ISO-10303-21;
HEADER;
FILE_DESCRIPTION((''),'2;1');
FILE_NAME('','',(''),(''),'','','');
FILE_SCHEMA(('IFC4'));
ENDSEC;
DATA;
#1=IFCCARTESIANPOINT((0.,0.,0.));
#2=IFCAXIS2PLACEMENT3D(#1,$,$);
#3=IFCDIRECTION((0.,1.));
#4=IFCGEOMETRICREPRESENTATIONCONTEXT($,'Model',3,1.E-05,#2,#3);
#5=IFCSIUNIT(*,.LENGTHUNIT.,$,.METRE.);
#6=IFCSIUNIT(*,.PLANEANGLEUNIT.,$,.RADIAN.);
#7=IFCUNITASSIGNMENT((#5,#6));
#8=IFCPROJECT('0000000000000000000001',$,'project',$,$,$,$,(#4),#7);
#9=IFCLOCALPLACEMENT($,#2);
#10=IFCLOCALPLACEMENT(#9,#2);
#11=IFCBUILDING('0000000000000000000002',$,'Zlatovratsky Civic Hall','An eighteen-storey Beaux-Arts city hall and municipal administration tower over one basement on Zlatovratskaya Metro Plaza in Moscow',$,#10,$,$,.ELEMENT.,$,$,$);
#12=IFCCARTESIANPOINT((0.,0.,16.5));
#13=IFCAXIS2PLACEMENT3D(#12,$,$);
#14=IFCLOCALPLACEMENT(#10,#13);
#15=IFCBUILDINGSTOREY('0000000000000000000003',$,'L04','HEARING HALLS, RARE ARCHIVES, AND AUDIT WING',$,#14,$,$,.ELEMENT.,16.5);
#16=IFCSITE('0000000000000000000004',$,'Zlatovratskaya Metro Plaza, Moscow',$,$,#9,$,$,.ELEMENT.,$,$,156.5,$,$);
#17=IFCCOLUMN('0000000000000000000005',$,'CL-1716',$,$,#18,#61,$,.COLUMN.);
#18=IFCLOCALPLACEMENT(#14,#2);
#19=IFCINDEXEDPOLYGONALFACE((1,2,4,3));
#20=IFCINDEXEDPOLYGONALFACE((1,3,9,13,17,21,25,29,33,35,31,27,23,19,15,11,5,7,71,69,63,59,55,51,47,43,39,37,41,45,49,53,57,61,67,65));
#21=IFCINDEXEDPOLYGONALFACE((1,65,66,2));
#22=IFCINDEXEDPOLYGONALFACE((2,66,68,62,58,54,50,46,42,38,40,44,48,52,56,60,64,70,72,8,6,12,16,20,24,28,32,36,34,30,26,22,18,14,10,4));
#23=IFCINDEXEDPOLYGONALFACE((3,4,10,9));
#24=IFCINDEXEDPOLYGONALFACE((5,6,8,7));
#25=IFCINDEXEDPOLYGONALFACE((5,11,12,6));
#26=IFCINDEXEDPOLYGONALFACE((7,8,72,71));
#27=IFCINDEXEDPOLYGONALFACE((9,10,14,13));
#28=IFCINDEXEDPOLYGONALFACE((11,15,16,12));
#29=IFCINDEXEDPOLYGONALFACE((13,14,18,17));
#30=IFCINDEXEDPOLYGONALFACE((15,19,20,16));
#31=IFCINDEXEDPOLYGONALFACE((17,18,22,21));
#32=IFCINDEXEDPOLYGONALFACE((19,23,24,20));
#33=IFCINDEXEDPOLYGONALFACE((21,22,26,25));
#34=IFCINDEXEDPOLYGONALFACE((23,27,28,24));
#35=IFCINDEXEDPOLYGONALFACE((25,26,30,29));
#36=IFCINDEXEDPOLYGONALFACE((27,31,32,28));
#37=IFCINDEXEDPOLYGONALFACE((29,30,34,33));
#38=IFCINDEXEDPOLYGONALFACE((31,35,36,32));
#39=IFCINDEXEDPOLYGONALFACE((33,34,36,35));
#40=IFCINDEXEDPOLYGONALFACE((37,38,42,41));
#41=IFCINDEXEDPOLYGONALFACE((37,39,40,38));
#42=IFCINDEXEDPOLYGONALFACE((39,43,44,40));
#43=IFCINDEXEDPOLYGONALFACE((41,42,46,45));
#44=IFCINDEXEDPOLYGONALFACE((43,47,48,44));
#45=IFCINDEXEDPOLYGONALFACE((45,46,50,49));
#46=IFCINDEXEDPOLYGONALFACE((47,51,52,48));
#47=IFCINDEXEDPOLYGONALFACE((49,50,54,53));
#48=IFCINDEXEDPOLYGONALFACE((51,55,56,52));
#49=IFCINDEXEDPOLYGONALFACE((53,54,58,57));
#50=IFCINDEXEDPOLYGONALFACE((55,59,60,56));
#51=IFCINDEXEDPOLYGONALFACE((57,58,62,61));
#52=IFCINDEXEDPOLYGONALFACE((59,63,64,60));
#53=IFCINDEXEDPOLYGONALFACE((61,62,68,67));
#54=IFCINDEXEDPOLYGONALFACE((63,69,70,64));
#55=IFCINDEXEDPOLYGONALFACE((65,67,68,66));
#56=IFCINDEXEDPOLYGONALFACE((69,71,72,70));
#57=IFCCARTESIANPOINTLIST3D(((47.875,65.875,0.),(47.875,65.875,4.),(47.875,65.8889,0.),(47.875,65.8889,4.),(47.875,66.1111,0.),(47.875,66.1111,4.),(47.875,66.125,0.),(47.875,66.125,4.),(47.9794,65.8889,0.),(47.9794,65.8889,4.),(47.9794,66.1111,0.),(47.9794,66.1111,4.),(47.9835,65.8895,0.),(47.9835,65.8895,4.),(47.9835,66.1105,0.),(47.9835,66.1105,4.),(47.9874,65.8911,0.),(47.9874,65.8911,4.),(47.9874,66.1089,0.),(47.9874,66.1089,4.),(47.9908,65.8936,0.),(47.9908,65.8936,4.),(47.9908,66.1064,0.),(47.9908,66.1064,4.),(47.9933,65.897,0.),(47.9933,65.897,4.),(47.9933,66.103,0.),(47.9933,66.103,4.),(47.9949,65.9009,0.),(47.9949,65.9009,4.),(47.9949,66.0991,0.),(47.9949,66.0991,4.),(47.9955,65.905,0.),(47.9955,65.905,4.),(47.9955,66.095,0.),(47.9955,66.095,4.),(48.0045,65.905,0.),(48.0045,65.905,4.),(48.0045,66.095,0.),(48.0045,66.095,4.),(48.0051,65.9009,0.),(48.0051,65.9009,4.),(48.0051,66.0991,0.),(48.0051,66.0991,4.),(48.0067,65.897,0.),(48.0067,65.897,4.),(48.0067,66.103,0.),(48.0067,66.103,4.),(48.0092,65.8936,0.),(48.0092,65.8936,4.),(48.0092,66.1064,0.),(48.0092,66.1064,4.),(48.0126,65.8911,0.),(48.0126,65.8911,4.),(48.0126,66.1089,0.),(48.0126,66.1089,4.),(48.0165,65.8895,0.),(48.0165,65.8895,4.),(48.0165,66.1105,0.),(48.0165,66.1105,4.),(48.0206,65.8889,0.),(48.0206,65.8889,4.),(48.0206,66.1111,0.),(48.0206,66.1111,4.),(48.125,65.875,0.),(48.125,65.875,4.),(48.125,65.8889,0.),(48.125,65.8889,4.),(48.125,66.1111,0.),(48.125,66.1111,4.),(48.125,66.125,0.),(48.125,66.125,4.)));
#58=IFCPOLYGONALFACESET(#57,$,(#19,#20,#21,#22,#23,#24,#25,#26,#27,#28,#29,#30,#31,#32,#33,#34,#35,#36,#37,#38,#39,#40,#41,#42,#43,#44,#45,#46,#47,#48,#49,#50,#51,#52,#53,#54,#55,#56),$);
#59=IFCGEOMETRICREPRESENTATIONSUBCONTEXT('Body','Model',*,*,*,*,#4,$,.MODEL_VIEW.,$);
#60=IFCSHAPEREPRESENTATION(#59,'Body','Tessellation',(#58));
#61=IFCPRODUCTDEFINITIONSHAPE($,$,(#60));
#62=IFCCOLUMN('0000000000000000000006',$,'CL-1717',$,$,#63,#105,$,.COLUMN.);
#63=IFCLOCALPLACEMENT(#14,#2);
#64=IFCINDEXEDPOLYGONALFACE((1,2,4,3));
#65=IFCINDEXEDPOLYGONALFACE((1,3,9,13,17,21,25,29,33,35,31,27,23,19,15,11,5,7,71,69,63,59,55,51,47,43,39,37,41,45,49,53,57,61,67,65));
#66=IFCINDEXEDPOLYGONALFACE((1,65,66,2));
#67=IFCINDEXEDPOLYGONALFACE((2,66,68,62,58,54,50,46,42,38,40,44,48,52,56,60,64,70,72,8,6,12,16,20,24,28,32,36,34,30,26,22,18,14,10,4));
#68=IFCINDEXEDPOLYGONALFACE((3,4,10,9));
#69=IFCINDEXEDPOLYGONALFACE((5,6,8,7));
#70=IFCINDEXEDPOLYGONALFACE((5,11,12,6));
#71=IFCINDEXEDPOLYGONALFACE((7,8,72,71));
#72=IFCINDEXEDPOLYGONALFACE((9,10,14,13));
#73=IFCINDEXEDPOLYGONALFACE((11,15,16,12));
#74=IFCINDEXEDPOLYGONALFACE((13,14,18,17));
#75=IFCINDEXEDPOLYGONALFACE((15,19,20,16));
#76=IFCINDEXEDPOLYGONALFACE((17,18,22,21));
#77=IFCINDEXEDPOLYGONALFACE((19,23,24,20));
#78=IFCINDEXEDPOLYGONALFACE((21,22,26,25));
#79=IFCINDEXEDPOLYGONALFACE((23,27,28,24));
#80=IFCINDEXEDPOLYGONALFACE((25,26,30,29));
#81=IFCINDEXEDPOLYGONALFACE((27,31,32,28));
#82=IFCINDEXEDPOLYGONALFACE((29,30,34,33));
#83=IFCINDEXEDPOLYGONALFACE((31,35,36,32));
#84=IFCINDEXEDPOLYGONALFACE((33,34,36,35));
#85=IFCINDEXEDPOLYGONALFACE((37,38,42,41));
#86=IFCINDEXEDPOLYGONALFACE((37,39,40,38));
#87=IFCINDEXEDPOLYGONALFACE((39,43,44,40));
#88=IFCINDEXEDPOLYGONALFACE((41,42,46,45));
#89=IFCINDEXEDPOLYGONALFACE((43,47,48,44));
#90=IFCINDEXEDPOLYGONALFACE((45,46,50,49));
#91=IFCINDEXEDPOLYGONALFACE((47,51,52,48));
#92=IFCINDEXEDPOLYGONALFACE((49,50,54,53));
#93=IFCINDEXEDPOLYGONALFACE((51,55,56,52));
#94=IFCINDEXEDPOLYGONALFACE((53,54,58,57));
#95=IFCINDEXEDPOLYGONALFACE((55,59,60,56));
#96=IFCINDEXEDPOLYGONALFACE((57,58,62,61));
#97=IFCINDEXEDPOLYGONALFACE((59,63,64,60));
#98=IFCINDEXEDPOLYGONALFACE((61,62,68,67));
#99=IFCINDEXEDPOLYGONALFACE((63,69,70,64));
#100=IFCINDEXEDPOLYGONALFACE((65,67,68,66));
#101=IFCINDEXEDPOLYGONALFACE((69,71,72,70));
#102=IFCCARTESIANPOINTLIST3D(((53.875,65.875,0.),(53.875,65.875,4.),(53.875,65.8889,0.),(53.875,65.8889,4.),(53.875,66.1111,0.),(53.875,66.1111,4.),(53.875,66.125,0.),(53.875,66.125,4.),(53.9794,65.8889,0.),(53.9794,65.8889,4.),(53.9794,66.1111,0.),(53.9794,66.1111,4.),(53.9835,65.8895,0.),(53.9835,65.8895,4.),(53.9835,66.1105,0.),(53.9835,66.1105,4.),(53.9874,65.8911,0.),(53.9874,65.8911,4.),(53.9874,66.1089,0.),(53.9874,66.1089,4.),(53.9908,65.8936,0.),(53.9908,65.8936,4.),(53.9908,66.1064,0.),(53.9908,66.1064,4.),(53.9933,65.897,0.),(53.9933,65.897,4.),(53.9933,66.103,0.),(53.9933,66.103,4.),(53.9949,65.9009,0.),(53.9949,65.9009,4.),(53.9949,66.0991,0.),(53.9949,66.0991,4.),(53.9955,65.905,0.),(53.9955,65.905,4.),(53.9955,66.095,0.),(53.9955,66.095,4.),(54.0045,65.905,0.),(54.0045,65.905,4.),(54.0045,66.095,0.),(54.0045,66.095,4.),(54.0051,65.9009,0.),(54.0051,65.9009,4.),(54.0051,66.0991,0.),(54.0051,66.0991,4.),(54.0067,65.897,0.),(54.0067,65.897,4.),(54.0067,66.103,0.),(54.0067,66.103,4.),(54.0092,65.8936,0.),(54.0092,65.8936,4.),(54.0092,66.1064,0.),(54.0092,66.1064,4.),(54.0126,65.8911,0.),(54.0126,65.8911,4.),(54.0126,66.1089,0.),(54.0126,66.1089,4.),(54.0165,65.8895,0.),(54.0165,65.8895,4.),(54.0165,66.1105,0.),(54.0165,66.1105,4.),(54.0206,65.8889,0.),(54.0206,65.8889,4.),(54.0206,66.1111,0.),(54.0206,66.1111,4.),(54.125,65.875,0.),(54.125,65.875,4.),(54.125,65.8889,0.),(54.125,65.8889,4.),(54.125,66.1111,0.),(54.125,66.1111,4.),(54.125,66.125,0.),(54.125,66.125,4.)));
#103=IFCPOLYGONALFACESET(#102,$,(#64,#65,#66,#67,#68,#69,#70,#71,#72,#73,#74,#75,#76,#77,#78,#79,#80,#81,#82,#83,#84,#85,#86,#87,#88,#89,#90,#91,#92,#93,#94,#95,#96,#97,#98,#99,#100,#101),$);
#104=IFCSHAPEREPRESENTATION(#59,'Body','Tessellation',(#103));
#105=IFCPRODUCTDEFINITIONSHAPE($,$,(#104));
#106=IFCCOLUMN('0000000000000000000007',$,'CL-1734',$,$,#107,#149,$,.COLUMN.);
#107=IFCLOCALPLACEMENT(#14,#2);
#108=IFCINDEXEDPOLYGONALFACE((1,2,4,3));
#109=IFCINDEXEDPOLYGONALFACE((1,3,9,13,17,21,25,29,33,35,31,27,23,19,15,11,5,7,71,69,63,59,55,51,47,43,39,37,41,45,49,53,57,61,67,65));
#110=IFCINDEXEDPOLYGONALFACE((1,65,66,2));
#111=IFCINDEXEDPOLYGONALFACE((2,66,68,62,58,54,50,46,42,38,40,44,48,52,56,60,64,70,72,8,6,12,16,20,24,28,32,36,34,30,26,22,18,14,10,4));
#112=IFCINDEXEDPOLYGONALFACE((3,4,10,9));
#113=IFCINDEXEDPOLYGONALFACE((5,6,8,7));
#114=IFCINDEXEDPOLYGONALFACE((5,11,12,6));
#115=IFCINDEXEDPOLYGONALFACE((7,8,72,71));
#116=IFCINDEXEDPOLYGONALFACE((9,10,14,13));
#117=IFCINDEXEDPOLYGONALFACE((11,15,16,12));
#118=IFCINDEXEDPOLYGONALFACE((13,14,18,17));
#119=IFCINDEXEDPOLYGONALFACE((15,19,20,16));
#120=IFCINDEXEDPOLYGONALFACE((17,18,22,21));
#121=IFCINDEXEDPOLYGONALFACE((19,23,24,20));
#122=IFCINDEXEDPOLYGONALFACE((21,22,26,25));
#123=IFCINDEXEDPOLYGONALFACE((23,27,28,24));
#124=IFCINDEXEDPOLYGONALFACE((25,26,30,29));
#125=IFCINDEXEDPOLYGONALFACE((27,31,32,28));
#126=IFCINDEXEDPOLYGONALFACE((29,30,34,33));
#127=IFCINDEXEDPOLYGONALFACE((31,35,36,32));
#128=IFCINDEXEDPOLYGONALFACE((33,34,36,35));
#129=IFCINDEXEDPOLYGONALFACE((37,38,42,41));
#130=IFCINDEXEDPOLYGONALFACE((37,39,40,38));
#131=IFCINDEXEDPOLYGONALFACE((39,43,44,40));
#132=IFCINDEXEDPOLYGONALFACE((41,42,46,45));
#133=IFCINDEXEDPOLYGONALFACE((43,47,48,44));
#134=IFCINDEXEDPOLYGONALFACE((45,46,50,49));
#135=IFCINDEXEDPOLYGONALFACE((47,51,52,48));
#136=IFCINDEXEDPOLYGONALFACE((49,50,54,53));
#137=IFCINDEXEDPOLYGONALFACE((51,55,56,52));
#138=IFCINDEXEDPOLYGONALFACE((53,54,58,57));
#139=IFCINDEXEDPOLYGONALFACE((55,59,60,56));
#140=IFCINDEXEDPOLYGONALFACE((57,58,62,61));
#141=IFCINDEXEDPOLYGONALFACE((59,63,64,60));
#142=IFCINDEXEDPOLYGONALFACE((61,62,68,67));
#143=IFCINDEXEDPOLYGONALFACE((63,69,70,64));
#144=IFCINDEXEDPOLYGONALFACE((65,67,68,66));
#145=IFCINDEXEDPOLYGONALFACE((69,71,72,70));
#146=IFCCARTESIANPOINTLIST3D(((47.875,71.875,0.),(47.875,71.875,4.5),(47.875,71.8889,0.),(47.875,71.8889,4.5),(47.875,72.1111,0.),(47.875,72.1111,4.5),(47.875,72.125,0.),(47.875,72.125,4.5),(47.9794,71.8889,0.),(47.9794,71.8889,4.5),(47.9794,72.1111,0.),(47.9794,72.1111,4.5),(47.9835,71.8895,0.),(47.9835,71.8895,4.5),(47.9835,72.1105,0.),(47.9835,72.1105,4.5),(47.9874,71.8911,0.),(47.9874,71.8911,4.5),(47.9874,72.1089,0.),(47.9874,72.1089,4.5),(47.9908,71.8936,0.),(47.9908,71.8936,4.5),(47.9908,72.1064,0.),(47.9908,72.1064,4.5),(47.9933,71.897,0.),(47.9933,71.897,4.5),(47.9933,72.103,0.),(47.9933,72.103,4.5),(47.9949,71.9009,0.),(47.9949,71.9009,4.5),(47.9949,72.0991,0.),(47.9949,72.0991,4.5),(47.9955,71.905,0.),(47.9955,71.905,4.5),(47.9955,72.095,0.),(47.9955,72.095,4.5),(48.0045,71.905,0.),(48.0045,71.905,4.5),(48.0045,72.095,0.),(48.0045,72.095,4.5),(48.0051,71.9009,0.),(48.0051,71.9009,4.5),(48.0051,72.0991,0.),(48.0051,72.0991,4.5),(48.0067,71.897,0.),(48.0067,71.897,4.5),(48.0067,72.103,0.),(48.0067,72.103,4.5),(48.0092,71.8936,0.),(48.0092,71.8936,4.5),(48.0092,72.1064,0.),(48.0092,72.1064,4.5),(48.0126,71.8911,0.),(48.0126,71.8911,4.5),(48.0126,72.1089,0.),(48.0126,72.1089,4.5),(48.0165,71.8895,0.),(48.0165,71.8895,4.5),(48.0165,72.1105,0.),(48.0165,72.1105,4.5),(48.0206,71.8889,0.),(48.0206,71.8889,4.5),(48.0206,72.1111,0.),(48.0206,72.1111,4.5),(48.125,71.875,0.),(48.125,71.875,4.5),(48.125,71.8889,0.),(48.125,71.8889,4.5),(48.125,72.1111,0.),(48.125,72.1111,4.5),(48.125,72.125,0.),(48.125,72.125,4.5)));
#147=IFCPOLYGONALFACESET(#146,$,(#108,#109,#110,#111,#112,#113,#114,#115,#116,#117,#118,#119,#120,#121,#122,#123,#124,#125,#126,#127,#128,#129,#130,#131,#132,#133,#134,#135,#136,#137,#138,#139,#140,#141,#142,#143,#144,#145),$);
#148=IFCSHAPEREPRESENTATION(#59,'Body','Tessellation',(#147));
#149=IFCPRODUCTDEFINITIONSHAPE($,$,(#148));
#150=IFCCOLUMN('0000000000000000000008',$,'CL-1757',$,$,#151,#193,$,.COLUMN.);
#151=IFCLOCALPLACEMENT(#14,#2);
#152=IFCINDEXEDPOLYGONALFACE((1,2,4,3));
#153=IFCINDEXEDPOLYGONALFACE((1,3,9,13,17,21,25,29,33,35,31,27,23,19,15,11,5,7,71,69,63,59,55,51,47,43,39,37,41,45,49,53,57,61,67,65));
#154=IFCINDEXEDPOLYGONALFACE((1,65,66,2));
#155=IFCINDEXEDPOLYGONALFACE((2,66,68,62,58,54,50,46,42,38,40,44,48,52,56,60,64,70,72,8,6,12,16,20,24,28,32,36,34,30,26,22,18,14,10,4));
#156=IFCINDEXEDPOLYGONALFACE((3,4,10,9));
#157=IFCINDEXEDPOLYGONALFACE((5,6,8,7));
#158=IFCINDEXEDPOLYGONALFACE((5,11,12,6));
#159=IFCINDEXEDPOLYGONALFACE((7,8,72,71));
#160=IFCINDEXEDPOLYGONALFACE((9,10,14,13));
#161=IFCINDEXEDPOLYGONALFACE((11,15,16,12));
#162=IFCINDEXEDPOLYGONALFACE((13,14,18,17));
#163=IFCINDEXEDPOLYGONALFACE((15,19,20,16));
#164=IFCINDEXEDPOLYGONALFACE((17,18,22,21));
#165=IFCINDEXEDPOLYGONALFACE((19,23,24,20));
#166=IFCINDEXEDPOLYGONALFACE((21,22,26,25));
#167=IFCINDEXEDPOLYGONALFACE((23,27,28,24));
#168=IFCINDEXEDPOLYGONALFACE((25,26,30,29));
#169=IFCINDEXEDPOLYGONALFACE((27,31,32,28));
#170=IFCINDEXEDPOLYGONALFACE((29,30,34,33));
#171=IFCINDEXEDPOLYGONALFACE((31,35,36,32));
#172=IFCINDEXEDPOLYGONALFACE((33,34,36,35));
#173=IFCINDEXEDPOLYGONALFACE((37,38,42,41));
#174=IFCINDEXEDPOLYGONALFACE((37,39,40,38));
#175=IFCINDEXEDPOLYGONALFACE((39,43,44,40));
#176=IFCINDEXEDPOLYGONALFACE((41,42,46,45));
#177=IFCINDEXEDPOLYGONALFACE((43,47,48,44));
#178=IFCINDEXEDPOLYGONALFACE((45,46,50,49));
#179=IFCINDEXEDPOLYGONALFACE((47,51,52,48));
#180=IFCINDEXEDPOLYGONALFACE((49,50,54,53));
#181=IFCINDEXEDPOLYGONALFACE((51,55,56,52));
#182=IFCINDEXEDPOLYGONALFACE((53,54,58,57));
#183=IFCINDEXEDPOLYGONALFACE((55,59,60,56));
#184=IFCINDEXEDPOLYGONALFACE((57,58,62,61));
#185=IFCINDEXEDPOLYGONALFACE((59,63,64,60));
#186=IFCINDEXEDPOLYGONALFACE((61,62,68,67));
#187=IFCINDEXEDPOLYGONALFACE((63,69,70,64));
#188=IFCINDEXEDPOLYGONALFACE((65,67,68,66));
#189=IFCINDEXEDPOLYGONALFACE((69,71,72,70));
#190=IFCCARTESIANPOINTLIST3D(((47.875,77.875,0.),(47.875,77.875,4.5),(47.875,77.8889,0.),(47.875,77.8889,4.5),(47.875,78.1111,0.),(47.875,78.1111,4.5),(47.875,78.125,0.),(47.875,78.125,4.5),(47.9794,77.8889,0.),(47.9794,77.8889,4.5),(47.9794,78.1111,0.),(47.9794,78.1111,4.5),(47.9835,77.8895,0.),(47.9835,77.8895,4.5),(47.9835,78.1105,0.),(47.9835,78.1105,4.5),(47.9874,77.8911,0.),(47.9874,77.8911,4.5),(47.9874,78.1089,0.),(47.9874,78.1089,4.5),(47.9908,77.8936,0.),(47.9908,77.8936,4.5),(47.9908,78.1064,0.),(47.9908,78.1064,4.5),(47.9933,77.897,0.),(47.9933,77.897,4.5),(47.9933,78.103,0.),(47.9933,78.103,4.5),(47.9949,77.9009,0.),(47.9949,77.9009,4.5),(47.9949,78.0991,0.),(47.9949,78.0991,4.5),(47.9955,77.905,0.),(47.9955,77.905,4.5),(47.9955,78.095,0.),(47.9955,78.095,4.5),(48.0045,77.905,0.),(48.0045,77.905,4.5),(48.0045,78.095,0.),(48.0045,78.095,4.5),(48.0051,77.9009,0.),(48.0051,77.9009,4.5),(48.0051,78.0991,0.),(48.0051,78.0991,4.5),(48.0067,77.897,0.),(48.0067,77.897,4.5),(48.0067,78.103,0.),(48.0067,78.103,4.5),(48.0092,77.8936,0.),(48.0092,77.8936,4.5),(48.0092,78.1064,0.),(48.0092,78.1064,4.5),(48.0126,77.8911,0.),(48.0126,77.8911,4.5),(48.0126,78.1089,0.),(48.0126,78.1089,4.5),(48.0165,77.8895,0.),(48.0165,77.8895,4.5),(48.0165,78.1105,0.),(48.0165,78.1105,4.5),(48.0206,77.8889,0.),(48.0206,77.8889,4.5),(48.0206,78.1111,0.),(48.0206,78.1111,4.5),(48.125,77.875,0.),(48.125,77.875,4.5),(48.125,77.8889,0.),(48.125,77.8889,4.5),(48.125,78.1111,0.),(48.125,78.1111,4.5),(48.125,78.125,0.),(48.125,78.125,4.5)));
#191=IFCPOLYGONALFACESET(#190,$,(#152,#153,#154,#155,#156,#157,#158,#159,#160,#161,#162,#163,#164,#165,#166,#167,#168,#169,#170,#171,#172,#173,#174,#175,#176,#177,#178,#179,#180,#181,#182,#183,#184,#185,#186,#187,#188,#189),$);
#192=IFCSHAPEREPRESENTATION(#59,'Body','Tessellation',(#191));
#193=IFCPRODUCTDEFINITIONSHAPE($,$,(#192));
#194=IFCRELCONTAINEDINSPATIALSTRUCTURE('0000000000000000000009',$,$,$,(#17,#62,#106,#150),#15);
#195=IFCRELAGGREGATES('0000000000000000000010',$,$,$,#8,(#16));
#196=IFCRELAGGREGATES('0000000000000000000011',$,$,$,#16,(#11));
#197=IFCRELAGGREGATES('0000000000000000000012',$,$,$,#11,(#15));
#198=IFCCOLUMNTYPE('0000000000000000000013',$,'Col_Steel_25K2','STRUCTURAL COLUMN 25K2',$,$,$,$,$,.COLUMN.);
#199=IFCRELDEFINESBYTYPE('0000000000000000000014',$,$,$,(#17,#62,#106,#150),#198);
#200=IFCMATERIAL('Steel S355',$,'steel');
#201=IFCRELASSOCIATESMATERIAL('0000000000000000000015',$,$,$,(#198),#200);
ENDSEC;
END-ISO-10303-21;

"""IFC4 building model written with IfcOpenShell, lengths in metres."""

from ifc_helpers import new_model, si_unit, direction, frame, origin, origin_2d, place, context, subcontext, project, spatial, i_section, extrude, material, material_profile, profile_set, type_object, element, save


model = new_model("IFC4")

# Units and contexts
model_context = context("Model", 3, precision=1e-05, world=origin(), true_north=direction((0.0, 1.0)))
body_context = subcontext(model_context, "Body", "Model", "MODEL_VIEW")
ifc_project = project(units=[si_unit("LENGTHUNIT", "METRE"), si_unit("PLANEANGLEUNIT", "RADIAN")], contexts=[model_context])

# Site, building, storey
site_placement = place(None, origin())
site = spatial("IfcSite", under=ifc_project, at=site_placement, Name="Zlatovratskaya Metro Plaza, Moscow", CompositionType="ELEMENT", RefElevation=156.5)
building_placement = place(site_placement, origin())
building = spatial("IfcBuilding", under=site, at=building_placement, Name="Zlatovratsky Civic Hall", Description="An eighteen-storey Beaux-Arts city hall and municipal administration tower over one basement on Zlatovratskaya Metro Plaza in Moscow", CompositionType="ELEMENT")
storey_placement = place(building_placement, frame((0.0, 0.0, 16.5)))
storey = spatial("IfcBuildingStorey", under=building, at=storey_placement, Name="L04", Description="HEARING HALLS, RARE ARCHIVES, AND AUDIT WING", CompositionType="ELEMENT", Elevation=16.5)

# Columns
ifc_material_1 = material(Name="Steel S355", Category="steel")
ifc_material_profile_1 = material_profile(ifc_material_1, i_section(OverallWidth=0.25, OverallDepth=0.25, WebThickness=0.009, FlangeThickness=0.0139, FilletRadius=0.0161, at=origin_2d()), Name="25K2")
ifc_profile_set_1 = profile_set([ifc_material_profile_1], Name="Steel S355")
column_type_1 = type_object("IfcColumnType", Name="Col_Steel_25K2", Description="STRUCTURAL COLUMN 25K2", PredefinedType="COLUMN", material=ifc_profile_set_1)
for number, where, z_axis, x_axis, name in (
    (1, (48.0, 66.0, 0.0), (0.0, 0.0, 1.0), (1.0, 0.0, 0.0), "CL-1716"),
    (2, (54.0, 66.0, 0.0), (0.0, 0.0, 1.0), (1.0, 0.0, 0.0), "CL-1717"),
):
    element("IfcColumn", number, at=place(storey_placement, frame(where, z_axis=z_axis, x_axis=x_axis)), inside=storey, type_object=column_type_1, Name=name, PredefinedType="COLUMN", context=body_context, shape_type="SweptSolid", body=[
        extrude(i_section(OverallWidth=0.25, OverallDepth=0.25, WebThickness=0.009, FlangeThickness=0.0139, FilletRadius=0.0161, at=origin_2d()), origin(), (0.0, 0.0, 1.0), 4.0),
    ])
for number, where, z_axis, x_axis, name in (
    (3, (48.0, 72.0, 0.0), (0.0, 0.0, 1.0), (1.0, 0.0, 0.0), "CL-1734"),
    (4, (48.0, 78.0, 0.0), (0.0, 0.0, 1.0), (1.0, 0.0, 0.0), "CL-1757"),
):
    element("IfcColumn", number, at=place(storey_placement, frame(where, z_axis=z_axis, x_axis=x_axis)), inside=storey, type_object=column_type_1, Name=name, PredefinedType="COLUMN", context=body_context, shape_type="SweptSolid", body=[
        extrude(i_section(OverallWidth=0.25, OverallDepth=0.25, WebThickness=0.009, FlangeThickness=0.0139, FilletRadius=0.0161, at=origin_2d()), origin(), (0.0, 0.0, 1.0), 4.5),
    ])

save(model, "model.ifc")
